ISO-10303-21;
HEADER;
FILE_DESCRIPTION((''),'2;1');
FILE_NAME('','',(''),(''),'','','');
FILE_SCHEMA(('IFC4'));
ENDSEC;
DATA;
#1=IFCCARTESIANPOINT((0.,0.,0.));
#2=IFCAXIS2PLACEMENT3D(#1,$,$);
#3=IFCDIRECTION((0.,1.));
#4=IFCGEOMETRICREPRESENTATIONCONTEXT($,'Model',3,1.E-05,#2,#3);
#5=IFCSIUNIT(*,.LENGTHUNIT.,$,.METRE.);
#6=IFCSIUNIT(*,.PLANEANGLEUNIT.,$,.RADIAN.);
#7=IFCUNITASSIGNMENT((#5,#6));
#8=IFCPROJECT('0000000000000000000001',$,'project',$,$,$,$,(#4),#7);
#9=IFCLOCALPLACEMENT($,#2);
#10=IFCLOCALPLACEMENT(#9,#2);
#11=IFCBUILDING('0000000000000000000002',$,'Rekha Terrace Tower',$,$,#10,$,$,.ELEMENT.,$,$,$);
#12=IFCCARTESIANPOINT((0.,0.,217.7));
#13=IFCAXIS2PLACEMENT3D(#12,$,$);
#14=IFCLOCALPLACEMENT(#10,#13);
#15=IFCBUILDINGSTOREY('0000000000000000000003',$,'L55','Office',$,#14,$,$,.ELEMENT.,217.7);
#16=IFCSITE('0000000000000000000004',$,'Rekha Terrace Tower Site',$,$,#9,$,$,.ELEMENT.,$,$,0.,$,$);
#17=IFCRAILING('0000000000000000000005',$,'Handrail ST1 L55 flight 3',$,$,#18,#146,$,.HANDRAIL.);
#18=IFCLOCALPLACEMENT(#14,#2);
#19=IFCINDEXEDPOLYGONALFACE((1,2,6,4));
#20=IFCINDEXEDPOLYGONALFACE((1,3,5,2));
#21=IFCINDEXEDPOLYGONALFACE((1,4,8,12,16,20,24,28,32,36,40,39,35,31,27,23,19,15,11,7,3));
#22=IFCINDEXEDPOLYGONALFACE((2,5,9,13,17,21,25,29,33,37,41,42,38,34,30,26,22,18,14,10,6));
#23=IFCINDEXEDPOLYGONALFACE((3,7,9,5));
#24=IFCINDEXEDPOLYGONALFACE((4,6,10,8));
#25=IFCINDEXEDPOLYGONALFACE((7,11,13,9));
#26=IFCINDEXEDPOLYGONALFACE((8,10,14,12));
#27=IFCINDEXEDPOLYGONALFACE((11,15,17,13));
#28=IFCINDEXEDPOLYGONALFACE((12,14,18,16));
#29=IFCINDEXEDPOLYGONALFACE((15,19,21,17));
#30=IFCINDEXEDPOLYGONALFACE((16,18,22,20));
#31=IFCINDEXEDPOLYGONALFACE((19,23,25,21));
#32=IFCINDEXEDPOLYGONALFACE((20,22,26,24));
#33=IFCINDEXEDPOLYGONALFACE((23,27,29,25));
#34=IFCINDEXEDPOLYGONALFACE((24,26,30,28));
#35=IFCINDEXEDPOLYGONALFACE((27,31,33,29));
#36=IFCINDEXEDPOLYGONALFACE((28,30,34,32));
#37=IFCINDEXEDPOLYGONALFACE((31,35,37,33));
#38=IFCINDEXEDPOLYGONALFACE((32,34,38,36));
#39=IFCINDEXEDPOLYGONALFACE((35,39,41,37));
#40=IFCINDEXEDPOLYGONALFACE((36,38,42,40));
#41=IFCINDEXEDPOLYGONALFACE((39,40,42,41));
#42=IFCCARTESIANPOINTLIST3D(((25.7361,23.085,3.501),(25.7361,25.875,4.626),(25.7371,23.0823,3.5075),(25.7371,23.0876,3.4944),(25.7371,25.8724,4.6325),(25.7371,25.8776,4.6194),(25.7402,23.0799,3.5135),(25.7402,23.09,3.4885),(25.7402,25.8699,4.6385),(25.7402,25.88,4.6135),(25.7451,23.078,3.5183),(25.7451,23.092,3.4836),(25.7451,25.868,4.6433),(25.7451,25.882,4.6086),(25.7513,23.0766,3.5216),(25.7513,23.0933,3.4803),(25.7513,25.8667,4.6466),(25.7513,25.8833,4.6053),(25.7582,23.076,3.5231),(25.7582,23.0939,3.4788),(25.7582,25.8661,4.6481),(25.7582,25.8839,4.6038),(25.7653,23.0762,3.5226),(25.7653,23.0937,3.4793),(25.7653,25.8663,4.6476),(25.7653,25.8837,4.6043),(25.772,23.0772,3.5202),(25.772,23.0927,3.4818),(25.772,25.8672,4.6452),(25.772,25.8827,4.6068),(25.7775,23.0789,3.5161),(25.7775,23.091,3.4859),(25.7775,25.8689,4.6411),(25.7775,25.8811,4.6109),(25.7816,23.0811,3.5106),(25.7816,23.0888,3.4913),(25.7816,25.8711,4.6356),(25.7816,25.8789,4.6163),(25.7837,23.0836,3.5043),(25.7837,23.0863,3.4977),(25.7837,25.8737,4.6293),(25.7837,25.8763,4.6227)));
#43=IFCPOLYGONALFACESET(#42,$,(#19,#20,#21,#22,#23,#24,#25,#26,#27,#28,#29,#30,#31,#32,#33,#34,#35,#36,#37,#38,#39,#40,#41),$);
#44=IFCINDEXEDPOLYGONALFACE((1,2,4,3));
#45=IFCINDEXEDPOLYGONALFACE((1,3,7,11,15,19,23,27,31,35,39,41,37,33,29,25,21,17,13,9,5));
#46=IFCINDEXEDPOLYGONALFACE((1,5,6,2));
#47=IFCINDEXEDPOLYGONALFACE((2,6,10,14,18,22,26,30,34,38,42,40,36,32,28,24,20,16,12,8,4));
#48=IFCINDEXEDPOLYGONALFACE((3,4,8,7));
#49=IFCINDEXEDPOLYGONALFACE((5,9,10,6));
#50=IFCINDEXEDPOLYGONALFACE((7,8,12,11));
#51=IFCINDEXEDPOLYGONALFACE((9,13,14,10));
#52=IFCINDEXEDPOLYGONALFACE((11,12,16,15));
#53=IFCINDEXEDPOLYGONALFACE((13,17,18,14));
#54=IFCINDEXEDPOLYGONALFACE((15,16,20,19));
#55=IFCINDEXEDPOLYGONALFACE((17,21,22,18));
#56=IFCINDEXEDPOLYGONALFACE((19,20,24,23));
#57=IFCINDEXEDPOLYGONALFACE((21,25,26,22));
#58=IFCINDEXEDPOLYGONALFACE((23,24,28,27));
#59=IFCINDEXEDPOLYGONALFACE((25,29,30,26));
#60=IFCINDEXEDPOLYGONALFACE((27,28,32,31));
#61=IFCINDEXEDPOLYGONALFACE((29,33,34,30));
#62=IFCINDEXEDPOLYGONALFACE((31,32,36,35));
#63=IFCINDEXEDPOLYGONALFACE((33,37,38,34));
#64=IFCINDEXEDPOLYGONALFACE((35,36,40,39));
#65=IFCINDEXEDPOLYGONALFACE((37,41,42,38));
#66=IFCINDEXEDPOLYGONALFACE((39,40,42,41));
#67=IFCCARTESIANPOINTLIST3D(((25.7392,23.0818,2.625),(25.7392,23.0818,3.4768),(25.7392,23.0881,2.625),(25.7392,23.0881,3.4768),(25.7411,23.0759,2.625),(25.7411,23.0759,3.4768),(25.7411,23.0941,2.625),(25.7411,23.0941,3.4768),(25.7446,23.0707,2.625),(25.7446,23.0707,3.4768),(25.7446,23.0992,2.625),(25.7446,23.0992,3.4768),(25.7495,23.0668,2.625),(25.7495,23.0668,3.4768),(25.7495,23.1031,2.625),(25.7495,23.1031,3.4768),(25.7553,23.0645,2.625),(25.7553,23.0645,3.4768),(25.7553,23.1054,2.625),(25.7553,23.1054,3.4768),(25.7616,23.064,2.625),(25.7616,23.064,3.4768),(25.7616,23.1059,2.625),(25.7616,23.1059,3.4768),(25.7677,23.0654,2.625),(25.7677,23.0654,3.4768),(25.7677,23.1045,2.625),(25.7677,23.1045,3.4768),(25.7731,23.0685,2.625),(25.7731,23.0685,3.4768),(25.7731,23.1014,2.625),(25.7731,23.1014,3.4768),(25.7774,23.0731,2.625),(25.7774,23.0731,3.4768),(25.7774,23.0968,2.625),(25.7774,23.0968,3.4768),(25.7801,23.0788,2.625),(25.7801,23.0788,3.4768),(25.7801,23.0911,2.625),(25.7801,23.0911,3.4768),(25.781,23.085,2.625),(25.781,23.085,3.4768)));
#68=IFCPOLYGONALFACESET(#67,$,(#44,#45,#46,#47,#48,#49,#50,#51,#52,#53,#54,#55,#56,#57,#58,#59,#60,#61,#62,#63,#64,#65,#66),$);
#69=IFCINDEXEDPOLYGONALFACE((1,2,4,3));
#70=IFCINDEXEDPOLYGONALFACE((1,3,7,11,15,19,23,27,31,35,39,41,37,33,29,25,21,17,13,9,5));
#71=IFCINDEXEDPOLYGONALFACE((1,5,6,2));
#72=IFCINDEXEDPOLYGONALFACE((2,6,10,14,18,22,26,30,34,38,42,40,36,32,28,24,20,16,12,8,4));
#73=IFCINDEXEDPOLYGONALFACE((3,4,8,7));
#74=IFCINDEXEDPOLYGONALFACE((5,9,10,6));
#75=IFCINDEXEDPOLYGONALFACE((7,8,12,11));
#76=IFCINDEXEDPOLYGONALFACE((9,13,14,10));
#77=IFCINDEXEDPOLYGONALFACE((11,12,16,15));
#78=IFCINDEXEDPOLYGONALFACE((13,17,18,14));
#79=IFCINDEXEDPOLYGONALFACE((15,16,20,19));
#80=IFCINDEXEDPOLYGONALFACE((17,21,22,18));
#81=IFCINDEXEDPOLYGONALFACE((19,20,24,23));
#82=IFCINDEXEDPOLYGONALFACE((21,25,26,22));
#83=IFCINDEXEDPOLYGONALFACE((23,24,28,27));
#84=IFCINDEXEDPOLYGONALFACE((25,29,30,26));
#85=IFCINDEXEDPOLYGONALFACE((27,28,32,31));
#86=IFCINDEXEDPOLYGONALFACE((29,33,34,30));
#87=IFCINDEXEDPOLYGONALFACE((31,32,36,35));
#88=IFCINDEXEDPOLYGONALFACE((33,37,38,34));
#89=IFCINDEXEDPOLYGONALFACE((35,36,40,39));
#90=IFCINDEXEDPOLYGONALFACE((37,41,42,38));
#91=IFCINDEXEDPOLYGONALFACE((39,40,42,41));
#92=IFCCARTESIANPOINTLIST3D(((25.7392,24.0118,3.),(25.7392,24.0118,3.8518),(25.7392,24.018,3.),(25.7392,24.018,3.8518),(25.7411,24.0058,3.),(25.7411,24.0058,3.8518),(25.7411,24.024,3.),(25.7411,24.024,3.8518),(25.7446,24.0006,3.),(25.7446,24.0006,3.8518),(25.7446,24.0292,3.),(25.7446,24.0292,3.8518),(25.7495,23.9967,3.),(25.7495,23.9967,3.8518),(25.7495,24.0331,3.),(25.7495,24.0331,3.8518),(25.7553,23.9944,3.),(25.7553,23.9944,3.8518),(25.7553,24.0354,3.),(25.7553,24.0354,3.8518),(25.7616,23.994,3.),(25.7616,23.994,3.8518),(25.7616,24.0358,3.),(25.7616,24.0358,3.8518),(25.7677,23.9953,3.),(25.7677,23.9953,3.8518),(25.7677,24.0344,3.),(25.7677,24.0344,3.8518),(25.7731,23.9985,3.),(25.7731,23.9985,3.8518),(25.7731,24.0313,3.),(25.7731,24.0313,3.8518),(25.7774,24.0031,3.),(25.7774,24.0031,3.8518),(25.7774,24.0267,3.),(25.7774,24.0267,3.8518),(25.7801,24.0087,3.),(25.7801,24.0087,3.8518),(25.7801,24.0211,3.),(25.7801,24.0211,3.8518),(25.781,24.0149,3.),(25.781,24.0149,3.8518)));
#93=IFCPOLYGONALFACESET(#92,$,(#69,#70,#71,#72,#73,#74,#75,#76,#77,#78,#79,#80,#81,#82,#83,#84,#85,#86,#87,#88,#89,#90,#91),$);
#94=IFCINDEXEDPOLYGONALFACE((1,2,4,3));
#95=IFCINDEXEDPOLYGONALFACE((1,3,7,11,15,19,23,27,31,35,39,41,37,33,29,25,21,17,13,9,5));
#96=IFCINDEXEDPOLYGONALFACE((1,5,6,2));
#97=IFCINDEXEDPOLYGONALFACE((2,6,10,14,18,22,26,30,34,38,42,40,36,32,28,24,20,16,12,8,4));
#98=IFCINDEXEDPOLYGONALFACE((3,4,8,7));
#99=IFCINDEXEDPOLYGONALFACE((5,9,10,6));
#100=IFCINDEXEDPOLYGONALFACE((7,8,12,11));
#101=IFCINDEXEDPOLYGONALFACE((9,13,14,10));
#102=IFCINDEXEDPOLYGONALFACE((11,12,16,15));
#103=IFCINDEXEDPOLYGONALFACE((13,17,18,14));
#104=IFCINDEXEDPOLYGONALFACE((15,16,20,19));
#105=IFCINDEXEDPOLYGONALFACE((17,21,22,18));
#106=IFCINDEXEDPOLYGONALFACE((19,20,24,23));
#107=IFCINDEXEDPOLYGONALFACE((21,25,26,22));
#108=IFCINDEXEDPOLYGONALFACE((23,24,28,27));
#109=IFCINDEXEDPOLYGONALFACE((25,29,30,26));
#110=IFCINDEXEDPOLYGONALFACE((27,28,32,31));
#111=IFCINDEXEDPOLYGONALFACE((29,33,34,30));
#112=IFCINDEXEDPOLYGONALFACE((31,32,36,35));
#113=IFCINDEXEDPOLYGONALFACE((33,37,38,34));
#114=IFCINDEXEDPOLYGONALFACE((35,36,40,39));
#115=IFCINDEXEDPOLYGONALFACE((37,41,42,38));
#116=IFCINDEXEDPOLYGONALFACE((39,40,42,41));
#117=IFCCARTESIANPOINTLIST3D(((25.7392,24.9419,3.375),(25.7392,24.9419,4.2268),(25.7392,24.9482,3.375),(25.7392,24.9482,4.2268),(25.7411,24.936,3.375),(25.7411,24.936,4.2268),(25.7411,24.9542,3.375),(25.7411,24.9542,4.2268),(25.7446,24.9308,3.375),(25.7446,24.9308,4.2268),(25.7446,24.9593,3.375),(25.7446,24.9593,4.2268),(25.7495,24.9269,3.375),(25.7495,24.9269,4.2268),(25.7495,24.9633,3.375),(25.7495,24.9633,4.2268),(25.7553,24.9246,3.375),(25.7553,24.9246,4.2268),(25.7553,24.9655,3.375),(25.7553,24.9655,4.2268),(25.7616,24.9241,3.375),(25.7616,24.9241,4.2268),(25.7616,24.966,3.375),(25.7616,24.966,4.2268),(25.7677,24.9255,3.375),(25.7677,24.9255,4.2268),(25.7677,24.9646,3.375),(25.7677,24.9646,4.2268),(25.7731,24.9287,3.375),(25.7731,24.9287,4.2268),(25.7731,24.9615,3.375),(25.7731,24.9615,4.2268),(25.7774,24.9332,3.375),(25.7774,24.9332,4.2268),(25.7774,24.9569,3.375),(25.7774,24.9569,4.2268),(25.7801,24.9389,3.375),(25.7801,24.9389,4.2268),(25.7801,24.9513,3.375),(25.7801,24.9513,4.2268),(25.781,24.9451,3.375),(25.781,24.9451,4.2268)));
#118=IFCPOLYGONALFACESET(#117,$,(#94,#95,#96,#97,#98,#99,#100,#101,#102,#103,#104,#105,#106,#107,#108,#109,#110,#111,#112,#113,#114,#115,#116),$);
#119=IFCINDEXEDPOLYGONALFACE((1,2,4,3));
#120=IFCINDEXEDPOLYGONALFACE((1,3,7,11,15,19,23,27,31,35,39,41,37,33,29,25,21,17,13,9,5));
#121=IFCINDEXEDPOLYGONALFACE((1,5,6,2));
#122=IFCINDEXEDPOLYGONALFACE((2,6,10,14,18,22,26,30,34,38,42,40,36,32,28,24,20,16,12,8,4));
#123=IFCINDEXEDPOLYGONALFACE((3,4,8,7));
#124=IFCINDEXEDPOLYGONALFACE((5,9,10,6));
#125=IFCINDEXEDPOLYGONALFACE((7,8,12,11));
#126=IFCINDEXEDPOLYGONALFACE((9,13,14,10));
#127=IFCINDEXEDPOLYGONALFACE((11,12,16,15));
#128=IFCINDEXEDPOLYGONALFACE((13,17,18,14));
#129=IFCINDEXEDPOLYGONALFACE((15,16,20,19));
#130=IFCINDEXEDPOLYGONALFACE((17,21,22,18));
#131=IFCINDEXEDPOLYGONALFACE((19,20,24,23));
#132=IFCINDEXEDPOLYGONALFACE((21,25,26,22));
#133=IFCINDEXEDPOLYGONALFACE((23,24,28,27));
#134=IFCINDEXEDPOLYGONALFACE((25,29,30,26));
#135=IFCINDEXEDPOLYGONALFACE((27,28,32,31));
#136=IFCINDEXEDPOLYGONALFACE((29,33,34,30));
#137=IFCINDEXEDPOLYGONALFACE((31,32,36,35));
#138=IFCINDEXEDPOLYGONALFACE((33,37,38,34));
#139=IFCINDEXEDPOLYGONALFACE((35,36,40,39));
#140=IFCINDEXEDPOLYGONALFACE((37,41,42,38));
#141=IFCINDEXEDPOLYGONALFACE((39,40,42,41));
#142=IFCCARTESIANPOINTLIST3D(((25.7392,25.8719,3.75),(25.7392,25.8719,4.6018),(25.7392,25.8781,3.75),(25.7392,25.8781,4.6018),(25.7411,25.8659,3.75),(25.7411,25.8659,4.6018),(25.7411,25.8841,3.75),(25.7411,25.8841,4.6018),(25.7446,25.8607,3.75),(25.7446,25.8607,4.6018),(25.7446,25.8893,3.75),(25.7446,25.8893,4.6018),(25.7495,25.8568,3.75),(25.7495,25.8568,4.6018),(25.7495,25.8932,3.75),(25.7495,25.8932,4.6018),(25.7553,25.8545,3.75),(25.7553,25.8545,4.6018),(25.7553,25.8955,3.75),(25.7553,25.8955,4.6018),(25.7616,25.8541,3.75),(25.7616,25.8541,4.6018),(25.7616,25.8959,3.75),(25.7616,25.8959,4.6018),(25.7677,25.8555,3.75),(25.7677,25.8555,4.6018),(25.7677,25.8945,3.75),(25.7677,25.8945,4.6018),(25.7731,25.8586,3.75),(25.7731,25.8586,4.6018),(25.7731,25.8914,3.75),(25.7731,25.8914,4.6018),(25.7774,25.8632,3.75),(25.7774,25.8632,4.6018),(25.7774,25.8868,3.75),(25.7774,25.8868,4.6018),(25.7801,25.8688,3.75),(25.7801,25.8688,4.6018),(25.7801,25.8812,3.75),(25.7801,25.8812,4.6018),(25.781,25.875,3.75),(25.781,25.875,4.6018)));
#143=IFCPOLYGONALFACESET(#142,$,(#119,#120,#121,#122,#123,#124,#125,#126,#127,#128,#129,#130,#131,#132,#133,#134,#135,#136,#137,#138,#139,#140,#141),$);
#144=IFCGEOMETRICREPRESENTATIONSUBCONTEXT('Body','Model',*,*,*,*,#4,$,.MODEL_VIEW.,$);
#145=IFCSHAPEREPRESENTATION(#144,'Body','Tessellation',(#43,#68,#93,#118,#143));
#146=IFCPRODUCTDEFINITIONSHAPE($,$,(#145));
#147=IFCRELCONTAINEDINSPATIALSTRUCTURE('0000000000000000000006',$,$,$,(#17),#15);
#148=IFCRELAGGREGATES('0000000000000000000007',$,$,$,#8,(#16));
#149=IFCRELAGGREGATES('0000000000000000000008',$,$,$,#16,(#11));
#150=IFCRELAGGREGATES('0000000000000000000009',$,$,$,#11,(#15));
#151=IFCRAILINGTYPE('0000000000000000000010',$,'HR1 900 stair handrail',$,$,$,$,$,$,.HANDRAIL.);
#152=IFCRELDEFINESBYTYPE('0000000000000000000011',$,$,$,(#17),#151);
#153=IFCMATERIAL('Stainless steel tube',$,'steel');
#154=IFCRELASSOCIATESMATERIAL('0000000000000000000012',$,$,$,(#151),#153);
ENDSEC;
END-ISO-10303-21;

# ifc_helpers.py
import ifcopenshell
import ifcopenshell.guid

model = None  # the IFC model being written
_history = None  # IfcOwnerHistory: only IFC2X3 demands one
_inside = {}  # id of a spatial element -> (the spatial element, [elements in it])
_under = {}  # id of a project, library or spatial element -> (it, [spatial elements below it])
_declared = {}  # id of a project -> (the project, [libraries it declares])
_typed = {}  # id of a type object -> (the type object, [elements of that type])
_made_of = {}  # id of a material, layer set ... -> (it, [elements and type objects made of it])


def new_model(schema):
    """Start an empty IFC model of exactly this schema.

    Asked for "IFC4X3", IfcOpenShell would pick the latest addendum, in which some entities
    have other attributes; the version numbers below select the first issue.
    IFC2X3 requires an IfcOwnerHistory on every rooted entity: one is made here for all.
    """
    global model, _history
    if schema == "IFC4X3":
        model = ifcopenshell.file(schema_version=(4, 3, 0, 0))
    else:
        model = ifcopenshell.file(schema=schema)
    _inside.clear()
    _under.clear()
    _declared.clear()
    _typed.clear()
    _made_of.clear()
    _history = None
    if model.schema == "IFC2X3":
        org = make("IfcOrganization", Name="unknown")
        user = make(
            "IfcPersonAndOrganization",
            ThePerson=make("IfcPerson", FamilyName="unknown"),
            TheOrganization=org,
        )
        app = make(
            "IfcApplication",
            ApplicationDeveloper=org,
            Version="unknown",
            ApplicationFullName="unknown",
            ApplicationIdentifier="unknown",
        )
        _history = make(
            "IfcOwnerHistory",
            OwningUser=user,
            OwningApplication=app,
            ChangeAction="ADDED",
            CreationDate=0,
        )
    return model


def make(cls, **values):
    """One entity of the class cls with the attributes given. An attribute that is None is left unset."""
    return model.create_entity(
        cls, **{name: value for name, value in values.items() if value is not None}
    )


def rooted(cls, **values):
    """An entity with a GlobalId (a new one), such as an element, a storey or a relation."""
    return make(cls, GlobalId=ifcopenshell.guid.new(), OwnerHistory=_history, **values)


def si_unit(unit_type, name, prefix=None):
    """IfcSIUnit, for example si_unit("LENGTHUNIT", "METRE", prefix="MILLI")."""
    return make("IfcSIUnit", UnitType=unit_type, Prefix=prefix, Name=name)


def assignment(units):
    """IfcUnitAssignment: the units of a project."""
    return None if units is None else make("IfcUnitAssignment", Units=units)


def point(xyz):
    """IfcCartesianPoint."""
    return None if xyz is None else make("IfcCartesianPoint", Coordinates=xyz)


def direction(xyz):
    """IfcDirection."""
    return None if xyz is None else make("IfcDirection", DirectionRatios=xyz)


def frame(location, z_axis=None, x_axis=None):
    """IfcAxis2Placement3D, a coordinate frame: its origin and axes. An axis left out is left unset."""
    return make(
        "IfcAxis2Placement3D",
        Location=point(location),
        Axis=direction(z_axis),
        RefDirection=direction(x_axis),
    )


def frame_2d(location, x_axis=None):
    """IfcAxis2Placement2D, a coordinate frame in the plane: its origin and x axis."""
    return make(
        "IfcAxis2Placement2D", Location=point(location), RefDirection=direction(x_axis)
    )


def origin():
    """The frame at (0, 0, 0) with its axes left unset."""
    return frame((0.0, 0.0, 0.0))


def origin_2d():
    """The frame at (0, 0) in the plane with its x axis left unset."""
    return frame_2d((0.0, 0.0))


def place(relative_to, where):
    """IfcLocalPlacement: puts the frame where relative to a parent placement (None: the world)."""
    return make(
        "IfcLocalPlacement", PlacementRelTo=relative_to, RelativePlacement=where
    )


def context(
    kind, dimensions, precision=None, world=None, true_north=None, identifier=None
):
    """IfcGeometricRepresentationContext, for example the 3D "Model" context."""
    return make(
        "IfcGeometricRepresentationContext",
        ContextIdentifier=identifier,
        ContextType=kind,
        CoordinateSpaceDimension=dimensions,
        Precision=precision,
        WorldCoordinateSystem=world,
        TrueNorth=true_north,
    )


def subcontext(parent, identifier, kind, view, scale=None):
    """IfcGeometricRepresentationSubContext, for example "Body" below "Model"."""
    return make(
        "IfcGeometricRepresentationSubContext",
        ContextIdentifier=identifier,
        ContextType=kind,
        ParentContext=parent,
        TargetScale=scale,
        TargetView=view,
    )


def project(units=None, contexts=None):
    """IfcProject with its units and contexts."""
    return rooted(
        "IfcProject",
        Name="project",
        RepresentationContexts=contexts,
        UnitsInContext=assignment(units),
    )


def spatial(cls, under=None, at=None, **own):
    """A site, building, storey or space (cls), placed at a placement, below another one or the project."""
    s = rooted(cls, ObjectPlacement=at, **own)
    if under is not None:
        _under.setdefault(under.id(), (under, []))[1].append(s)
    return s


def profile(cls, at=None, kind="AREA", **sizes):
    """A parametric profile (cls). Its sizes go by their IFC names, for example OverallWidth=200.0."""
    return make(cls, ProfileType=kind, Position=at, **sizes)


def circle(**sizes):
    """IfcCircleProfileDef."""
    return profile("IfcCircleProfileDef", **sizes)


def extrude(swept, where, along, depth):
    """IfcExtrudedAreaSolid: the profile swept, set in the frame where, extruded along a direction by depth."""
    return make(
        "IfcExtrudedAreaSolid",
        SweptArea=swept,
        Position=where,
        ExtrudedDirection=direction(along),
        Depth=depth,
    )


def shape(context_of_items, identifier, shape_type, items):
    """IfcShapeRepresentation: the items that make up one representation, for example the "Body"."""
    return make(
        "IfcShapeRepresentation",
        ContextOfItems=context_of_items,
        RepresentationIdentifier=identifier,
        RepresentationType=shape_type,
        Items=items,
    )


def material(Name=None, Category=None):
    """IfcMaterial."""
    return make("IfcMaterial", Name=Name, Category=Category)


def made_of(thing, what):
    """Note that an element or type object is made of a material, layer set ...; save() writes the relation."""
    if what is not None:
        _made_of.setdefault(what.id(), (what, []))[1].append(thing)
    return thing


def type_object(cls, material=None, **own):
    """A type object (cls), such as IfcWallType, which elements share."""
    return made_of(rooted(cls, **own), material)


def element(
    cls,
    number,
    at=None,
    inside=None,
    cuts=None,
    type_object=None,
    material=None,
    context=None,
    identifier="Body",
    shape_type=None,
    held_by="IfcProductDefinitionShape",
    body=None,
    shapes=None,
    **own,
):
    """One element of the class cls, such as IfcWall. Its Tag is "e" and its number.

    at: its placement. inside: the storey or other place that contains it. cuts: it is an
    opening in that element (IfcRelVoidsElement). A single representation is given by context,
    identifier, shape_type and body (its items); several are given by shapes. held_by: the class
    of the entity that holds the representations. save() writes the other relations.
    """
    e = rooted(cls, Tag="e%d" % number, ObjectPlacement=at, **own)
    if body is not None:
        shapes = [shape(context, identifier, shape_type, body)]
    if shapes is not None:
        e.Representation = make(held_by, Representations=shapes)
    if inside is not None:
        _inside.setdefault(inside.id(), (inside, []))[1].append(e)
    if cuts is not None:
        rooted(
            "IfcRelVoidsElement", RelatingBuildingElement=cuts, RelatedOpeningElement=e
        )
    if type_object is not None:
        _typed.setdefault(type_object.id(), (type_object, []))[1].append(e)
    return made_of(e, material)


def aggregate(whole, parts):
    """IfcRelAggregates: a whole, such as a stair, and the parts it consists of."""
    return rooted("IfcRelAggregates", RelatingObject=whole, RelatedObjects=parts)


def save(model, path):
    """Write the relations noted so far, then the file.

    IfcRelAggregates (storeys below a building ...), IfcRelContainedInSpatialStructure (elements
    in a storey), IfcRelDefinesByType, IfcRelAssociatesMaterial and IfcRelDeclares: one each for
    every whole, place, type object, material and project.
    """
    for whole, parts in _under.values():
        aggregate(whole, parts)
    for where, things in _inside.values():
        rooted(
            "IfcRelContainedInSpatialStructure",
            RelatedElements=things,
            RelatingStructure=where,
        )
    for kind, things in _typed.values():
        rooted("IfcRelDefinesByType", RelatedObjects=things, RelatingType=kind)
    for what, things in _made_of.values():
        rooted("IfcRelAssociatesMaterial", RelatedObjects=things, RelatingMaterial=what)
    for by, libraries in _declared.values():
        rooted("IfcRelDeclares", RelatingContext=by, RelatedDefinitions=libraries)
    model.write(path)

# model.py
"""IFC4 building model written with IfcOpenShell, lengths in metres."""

from ifc_helpers import new_model, si_unit, direction, frame, origin, origin_2d, place, context, subcontext, project, spatial, circle, extrude, material, type_object, element, save


model = new_model("IFC4")

# Units and contexts
model_context = context("Model", 3, precision=1e-05, world=origin(), true_north=direction((0.0, 1.0)))
body_context = subcontext(model_context, "Body", "Model", "MODEL_VIEW")
ifc_project = project(units=[si_unit("LENGTHUNIT", "METRE"), si_unit("PLANEANGLEUNIT", "RADIAN")], contexts=[model_context])

# Site, building, storey
site_placement = place(None, origin())
site = spatial("IfcSite", under=ifc_project, at=site_placement, Name="Rekha Terrace Tower Site", CompositionType="ELEMENT", RefElevation=0.0)
building_placement = place(site_placement, origin())
building = spatial("IfcBuilding", under=site, at=building_placement, Name="Rekha Terrace Tower", CompositionType="ELEMENT")
storey_placement = place(building_placement, frame((0.0, 0.0, 217.7)))
storey = spatial("IfcBuildingStorey", under=building, at=storey_placement, Name="L55", Description="Office", CompositionType="ELEMENT", Elevation=217.7)

# Railing
ifc_material_1 = material(Name="Stainless steel tube", Category="steel")
railing_type = type_object("IfcRailingType", Name="HR1 900 stair handrail", PredefinedType="HANDRAIL", material=ifc_material_1)
railing_placement = place(storey_placement, frame((25.76, 23.085, 2.625)))
element("IfcRailing", 1, at=railing_placement, inside=storey, type_object=railing_type, Name="Handrail ST1 L55 flight 3", PredefinedType="HANDRAIL", context=body_context, shape_type="SweptSolid", body=[
    extrude(circle(Radius=0.0239, at=origin_2d()), frame((0.0, 0.0, 0.876), z_axis=(0.0, 0.927443, 0.373964), x_axis=(-1.0, 0.0, 0.0)), (0.0, 0.0, 1.0), 3.0083),
    extrude(circle(Radius=0.021, at=origin_2d()), origin(), (0.0, 0.0, 1.0), 0.8518),
    extrude(circle(Radius=0.021, at=origin_2d()), frame((0.0, 0.9299, 0.375)), (0.0, 0.0, 1.0), 0.8518),
    extrude(circle(Radius=0.021, at=origin_2d()), frame((0.0, 1.8601, 0.75)), (0.0, 0.0, 1.0), 0.8518),
    extrude(circle(Radius=0.021, at=origin_2d()), frame((0.0, 2.79, 1.125)), (0.0, 0.0, 1.0), 0.8518),
])

save(model, "model.ifc")
